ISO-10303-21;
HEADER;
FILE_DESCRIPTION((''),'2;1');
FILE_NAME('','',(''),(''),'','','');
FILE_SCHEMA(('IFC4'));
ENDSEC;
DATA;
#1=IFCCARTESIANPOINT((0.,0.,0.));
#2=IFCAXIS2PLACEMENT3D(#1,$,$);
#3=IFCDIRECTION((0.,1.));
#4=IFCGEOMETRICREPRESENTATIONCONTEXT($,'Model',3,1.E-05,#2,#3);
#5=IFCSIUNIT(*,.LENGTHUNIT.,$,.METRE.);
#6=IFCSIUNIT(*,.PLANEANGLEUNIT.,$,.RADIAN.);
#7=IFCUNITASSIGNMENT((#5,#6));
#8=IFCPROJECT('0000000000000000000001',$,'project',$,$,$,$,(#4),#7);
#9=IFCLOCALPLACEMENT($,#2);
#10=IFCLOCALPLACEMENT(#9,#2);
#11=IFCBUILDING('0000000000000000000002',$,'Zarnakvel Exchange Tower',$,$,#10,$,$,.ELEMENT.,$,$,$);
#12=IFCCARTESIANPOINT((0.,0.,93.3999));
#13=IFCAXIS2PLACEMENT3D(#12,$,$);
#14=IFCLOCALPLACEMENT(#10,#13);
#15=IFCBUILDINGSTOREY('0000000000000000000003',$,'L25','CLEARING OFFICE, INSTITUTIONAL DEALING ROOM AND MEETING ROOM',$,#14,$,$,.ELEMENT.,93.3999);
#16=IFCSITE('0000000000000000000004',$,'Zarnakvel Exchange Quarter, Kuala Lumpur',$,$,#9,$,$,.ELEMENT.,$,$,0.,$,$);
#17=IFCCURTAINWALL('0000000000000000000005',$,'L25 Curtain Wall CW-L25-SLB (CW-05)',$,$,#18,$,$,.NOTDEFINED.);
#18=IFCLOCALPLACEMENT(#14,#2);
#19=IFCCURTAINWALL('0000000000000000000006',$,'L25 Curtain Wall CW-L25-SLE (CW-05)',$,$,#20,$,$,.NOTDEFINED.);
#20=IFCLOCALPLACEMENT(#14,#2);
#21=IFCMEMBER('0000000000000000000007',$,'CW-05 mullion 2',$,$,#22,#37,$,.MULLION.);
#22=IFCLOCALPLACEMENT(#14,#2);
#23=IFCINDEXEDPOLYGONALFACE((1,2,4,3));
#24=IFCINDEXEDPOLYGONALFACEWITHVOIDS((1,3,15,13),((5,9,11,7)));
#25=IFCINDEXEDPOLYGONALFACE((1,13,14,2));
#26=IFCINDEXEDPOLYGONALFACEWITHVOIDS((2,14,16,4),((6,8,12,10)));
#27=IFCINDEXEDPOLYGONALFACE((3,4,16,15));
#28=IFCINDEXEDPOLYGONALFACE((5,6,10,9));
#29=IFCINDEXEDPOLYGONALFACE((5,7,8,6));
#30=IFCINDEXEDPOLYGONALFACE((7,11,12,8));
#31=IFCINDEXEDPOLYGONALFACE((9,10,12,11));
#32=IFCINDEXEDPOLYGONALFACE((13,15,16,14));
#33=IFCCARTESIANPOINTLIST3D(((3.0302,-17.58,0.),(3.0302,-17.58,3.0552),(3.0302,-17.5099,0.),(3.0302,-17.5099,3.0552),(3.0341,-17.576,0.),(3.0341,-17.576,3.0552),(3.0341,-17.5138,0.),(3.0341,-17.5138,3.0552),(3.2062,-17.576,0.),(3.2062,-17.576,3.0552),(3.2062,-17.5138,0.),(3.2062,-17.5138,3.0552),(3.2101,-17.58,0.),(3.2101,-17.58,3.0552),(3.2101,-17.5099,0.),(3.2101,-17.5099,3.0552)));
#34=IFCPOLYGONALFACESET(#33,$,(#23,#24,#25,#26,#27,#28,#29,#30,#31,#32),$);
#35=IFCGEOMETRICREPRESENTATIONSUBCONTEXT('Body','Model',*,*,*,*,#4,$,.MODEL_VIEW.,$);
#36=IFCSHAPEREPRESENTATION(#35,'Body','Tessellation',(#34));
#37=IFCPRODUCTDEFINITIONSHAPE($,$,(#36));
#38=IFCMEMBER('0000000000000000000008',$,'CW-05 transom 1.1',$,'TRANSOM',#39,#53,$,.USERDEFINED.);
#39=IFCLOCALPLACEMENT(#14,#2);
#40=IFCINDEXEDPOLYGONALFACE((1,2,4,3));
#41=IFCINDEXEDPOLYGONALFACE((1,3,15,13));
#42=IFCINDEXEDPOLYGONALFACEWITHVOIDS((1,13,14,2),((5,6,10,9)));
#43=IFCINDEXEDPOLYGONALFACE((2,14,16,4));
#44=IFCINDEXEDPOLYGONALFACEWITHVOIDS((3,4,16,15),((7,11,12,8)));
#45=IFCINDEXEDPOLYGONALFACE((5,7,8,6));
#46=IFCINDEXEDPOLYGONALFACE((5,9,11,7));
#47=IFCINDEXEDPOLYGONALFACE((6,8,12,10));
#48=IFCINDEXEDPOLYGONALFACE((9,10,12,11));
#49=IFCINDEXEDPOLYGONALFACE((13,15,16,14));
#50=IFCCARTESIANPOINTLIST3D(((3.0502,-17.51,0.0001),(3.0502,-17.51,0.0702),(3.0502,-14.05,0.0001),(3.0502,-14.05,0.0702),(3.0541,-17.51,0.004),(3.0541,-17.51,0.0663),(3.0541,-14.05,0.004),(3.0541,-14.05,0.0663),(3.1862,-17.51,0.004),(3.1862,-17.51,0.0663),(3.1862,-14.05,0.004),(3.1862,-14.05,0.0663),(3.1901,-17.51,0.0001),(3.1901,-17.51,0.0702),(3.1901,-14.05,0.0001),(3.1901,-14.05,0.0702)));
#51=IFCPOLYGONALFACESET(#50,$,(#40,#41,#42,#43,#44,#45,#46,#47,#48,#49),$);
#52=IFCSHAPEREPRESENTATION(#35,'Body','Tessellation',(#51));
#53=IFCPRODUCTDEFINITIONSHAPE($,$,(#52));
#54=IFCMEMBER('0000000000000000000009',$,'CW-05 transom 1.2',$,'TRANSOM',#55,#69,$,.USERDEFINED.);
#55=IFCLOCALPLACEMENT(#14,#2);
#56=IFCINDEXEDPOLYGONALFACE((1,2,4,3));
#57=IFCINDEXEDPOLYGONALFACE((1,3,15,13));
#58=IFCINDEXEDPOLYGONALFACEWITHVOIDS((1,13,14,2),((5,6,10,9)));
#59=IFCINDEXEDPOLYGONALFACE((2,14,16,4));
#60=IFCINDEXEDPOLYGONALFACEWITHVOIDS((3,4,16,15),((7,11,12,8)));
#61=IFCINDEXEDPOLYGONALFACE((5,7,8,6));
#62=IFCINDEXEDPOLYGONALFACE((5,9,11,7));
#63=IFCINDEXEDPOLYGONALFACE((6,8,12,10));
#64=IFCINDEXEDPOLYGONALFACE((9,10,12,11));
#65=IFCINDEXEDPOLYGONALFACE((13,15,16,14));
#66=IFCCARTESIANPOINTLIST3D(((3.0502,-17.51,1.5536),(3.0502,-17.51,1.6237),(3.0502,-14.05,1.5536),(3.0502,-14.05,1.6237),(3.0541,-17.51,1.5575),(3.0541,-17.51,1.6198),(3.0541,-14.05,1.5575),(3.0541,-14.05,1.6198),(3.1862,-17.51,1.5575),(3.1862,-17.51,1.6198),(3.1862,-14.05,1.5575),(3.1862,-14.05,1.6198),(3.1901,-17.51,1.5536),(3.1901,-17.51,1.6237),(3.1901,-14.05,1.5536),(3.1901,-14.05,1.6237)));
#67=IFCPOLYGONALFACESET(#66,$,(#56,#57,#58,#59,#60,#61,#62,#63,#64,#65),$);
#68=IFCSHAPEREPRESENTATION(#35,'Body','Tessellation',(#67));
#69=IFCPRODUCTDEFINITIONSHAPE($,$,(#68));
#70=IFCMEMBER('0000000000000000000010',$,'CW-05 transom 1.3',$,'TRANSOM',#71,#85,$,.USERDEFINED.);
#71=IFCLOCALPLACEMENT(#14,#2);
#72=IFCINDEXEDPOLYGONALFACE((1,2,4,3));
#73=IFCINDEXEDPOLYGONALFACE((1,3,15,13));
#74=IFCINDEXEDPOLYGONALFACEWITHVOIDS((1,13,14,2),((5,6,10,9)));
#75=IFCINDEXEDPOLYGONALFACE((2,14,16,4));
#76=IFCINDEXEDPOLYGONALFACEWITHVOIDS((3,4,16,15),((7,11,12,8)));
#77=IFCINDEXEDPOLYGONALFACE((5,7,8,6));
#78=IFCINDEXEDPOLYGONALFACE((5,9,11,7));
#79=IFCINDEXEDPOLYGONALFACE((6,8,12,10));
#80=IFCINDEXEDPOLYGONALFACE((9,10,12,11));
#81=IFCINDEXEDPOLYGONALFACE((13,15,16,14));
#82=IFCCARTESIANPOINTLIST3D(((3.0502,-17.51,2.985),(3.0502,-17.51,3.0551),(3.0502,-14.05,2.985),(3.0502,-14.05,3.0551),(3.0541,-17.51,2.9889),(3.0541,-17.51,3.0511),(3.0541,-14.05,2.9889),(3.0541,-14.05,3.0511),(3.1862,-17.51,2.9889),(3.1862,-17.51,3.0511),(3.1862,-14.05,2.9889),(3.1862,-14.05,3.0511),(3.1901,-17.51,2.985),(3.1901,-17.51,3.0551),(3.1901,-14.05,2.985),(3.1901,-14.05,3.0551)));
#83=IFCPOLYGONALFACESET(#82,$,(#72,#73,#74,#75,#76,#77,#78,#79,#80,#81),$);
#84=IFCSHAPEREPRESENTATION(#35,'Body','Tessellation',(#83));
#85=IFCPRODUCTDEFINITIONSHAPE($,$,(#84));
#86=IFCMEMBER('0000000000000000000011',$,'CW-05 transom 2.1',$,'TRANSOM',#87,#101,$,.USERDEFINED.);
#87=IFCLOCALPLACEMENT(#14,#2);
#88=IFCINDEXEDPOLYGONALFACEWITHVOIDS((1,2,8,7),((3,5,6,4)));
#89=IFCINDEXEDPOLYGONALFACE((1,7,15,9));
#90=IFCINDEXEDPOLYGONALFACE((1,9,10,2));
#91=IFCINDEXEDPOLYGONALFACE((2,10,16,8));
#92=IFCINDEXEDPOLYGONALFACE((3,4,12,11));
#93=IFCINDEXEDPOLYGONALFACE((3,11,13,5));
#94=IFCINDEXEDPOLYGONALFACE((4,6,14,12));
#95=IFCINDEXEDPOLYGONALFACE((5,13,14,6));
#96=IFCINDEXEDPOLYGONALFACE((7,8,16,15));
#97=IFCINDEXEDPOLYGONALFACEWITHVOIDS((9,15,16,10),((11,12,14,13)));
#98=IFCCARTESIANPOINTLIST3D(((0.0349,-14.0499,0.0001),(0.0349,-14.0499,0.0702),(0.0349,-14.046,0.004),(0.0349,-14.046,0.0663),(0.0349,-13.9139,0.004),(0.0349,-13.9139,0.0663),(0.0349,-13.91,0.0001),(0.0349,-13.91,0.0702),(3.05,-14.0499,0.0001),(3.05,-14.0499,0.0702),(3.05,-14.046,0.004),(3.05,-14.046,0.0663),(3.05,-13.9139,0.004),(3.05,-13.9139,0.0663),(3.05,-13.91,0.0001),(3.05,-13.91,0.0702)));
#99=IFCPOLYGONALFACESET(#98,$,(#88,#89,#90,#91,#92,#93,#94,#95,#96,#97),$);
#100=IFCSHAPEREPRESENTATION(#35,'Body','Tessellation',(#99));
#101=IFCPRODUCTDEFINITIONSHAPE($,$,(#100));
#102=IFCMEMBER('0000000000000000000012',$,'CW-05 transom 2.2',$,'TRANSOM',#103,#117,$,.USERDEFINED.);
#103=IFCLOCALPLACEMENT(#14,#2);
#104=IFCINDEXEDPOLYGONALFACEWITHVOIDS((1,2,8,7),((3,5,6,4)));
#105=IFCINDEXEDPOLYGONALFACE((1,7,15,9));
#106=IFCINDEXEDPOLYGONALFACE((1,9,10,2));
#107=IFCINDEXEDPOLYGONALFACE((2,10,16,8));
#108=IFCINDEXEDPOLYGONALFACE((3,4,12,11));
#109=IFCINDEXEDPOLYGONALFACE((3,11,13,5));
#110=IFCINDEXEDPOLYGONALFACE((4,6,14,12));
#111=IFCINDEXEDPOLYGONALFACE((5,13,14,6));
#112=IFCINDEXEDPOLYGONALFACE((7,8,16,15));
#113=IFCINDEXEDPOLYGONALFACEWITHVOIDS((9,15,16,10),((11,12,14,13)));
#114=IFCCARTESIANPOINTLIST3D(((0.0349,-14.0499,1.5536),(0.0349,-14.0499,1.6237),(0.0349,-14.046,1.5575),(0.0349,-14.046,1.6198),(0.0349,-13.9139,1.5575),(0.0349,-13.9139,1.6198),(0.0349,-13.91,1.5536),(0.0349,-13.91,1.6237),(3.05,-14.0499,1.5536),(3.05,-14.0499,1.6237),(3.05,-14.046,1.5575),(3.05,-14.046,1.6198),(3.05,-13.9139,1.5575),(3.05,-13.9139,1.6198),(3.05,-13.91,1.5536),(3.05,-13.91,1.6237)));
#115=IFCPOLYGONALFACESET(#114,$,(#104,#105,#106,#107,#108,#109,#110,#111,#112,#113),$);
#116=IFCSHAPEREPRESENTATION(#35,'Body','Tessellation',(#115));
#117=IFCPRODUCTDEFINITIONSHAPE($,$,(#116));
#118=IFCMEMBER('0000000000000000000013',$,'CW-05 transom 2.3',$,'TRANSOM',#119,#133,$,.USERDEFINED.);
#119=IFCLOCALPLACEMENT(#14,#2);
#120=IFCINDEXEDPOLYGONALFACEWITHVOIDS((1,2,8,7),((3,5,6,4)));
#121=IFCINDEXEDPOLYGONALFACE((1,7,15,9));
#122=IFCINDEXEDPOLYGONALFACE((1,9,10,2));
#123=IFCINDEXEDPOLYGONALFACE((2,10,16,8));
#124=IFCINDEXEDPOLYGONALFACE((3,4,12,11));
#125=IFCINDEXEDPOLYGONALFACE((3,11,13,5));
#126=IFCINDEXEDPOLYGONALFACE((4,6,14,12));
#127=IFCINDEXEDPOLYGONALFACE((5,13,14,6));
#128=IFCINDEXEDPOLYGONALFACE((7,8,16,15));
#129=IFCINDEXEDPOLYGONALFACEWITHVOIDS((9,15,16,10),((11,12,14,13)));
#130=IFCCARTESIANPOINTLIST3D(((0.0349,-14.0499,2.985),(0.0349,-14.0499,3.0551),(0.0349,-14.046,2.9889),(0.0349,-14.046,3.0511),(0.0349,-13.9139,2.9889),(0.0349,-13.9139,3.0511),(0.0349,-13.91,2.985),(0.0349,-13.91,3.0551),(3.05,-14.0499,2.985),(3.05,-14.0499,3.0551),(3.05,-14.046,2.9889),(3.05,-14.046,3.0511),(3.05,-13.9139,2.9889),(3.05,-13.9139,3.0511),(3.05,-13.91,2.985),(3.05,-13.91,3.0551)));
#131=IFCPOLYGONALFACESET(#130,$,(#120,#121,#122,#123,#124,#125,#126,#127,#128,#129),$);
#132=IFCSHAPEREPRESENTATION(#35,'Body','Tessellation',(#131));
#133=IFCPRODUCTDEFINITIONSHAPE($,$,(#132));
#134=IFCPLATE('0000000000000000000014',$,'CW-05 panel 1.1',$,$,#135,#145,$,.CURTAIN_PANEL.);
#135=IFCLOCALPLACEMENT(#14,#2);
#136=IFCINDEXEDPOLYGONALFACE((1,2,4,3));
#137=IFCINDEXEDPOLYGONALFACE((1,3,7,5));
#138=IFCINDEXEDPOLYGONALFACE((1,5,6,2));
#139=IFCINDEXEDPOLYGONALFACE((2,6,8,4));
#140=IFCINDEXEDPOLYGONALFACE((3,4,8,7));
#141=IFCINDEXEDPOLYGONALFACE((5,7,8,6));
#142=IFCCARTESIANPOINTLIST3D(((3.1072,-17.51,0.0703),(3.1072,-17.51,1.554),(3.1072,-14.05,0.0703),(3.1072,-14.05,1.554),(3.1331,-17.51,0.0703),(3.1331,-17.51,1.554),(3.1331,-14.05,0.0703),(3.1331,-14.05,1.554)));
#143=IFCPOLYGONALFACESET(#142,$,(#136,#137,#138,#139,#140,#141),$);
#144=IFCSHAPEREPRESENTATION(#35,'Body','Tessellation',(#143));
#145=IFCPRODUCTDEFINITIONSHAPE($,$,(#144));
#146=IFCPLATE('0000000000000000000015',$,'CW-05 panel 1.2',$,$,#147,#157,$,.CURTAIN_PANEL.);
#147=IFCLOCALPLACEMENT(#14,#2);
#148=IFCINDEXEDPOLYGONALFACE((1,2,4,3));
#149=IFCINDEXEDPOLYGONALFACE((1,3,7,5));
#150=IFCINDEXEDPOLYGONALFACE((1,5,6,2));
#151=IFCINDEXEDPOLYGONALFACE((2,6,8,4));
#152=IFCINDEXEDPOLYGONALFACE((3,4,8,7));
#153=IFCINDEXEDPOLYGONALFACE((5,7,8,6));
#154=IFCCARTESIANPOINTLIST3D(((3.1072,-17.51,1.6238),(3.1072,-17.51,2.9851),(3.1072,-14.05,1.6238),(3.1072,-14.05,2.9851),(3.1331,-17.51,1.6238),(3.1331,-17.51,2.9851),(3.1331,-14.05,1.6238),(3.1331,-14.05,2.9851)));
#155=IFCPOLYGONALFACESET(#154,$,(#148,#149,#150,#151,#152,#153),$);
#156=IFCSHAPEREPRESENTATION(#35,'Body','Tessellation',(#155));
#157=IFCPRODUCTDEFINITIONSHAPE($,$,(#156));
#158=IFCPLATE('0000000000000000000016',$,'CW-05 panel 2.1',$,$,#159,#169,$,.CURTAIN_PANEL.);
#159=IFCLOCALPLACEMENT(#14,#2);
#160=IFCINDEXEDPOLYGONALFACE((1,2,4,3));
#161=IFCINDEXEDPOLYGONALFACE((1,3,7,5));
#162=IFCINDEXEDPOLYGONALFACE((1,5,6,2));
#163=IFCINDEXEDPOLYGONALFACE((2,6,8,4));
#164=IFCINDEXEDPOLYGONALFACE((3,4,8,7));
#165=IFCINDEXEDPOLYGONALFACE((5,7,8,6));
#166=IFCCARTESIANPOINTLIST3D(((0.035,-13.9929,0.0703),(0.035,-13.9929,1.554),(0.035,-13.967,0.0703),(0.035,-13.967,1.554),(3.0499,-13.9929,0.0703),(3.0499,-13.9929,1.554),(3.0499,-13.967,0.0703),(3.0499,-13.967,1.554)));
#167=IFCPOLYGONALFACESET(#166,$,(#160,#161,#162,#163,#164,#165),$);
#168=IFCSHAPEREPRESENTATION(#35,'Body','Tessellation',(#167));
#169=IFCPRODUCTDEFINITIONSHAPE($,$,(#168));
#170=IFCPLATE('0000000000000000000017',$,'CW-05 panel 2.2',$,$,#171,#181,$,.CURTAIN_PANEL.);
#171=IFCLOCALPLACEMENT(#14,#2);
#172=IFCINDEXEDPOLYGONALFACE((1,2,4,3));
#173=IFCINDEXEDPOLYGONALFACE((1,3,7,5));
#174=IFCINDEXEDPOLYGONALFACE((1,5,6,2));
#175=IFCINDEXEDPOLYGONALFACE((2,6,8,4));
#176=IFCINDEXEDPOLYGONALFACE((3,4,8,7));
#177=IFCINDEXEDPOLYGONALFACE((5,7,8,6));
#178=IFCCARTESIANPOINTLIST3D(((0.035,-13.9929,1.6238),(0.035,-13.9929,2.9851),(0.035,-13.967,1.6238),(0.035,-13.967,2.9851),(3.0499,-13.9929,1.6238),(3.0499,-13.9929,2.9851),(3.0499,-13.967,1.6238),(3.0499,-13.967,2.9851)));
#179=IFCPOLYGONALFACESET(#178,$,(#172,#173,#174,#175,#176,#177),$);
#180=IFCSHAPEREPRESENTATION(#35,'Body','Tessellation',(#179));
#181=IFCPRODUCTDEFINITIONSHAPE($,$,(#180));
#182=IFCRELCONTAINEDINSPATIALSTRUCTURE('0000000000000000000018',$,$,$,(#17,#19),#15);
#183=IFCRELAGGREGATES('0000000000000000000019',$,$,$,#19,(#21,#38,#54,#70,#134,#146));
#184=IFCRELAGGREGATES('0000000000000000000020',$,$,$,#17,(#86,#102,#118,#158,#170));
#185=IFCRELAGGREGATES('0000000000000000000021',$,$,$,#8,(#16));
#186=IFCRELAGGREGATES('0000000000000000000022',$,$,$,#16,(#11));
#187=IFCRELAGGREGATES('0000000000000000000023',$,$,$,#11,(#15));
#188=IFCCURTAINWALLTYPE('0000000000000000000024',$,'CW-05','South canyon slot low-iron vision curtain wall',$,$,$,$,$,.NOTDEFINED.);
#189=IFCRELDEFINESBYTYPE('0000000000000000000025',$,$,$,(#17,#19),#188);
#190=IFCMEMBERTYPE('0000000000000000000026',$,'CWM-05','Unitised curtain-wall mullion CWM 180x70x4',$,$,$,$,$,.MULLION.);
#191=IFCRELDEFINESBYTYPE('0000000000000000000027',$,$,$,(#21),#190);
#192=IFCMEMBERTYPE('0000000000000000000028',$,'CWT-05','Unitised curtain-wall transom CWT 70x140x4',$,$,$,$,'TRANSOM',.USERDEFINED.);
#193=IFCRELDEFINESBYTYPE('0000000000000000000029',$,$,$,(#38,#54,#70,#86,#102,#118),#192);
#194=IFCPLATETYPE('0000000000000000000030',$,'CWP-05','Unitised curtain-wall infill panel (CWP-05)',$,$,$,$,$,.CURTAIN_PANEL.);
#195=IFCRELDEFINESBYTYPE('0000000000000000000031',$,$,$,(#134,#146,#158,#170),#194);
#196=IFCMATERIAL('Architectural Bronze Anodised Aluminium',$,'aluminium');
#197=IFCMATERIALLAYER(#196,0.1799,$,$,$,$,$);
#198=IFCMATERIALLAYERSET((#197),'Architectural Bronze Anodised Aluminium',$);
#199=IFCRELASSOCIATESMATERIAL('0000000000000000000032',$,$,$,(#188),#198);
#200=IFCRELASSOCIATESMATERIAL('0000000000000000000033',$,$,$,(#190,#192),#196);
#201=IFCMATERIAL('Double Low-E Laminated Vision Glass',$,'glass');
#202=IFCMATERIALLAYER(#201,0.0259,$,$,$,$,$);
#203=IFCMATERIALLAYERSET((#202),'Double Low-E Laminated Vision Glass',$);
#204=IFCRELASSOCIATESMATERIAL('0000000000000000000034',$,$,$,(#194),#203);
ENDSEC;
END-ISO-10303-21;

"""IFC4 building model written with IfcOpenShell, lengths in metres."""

from ifc_helpers import new_model, si_unit, direction, frame, origin, origin_2d, place, context, subcontext, project, spatial, rectangle, hollow_rectangle, extrude, source, transform, mapped, material, layer, layer_set, material_profile, profile_set, type_object, element, aggregate, save


model = new_model("IFC4")

# Units and contexts
model_context = context("Model", 3, precision=1e-05, world=origin(), true_north=direction((0.0, 1.0)))
body_context = subcontext(model_context, "Body", "Model", "MODEL_VIEW")
ifc_project = project(units=[si_unit("LENGTHUNIT", "METRE"), si_unit("PLANEANGLEUNIT", "RADIAN")], contexts=[model_context])

# Site, building, storey
site_placement = place(None, origin())
site = spatial("IfcSite", under=ifc_project, at=site_placement, Name="Zarnakvel Exchange Quarter, Kuala Lumpur", CompositionType="ELEMENT", RefElevation=0.0)
building_placement = place(site_placement, origin())
building = spatial("IfcBuilding", under=site, at=building_placement, Name="Zarnakvel Exchange Tower", CompositionType="ELEMENT")
storey_placement = place(building_placement, frame((0.0, 0.0, 93.3999)))
storey = spatial("IfcBuildingStorey", under=building, at=storey_placement, Name="L25", Description="CLEARING OFFICE, INSTITUTIONAL DEALING ROOM AND MEETING ROOM", CompositionType="ELEMENT", Elevation=93.3999)

# Curtain walls, members
ifc_material_1 = material(Name="Architectural Bronze Anodised Aluminium", Category="aluminium")
ifc_layer_1 = layer(ifc_material_1, 0.1799)
ifc_layer_set_1 = layer_set([ifc_layer_1], Name="Architectural Bronze Anodised Aluminium")
curtain_wall_type = type_object("IfcCurtainWallType", Name="CW-05", Description="South canyon slot low-iron vision curtain wall", PredefinedType="NOTDEFINED", material=ifc_layer_set_1)
curtain_wall_1_placement = place(storey_placement, origin())
curtain_wall_1 = element("IfcCurtainWall", 1, at=curtain_wall_1_placement, inside=storey, type_object=curtain_wall_type, Name="L25 Curtain Wall CW-L25-SLB (CW-05)", PredefinedType="NOTDEFINED")
ifc_material_profile_1 = material_profile(ifc_material_1, hollow_rectangle(XDim=0.1799, YDim=0.0701, WallThickness=0.0039, at=origin_2d()))
ifc_profile_set_1 = profile_set([ifc_material_profile_1], Name="Architectural Bronze Anodised Aluminium")
member_type_1 = type_object("IfcMemberType", Name="CWM-05", Description="Unitised curtain-wall mullion CWM 180x70x4", PredefinedType="MULLION", material=ifc_profile_set_1)
shared_shape_1 = source(origin(), body_context, "Body", "SweptSolid", [
    extrude(hollow_rectangle(XDim=0.1799, YDim=0.0701, WallThickness=0.0039, at=origin_2d()), origin(), (0.0, 0.0, 1.0), 3.0552),
])
curtain_wall_2_placement = place(storey_placement, origin())
curtain_wall_2 = element("IfcCurtainWall", 2, at=curtain_wall_2_placement, inside=storey, type_object=curtain_wall_type, Name="L25 Curtain Wall CW-L25-SLE (CW-05)", PredefinedType="NOTDEFINED")
member_1_placement = place(storey_placement, frame((3.1201, -17.5449, 0.0), z_axis=(0.0, 0.0, 1.0), x_axis=(1.0, 0.0, 0.0)))
member_1 = element("IfcMember", 3, at=member_1_placement, type_object=member_type_1, Name="CW-05 mullion 2", PredefinedType="MULLION", context=body_context, shape_type="MappedRepresentation", body=[
    mapped(shared_shape_1, transform((0.0, 0.0, 0.0), x_axis=(1.0, 0.0, 0.0), y_axis=(0.0, 1.0, 0.0), z_axis=(0.0, 0.0, 1.0), scale=1.0)),
])
ifc_material_profile_2 = material_profile(ifc_material_1, hollow_rectangle(XDim=0.1399, YDim=0.0701, WallThickness=0.0039, at=origin_2d()))
ifc_profile_set_2 = profile_set([ifc_material_profile_2], Name="Architectural Bronze Anodised Aluminium")
member_type_2 = type_object("IfcMemberType", Name="CWT-05", Description="Unitised curtain-wall transom CWT 70x140x4", ElementType="TRANSOM", PredefinedType="USERDEFINED", material=ifc_profile_set_2)
shared_shape_2 = source(origin(), body_context, "Body", "SweptSolid", [
    extrude(hollow_rectangle(XDim=0.1399, YDim=0.0701, WallThickness=0.0039, at=origin_2d()), origin(), (0.0, 0.0, 1.0), 3.46),
])
member_2_placement = place(storey_placement, frame((3.1201, -14.05, 0.0352), z_axis=(0.0, -1.0, 0.0), x_axis=(1.0, 0.0, 0.0)))
member_2 = element("IfcMember", 4, at=member_2_placement, type_object=member_type_2, Name="CW-05 transom 1.1", ObjectType="TRANSOM", PredefinedType="USERDEFINED", context=body_context, shape_type="MappedRepresentation", body=[
    mapped(shared_shape_2, transform((0.0, 0.0, 0.0), x_axis=(1.0, 0.0, 0.0), y_axis=(0.0, 1.0, 0.0), z_axis=(0.0, 0.0, 1.0), scale=1.0)),
])
member_3_placement = place(storey_placement, frame((3.1201, -14.05, 1.5886), z_axis=(0.0, -1.0, 0.0), x_axis=(1.0, 0.0, 0.0)))
member_3 = element("IfcMember", 5, at=member_3_placement, type_object=member_type_2, Name="CW-05 transom 1.2", ObjectType="TRANSOM", PredefinedType="USERDEFINED", context=body_context, shape_type="MappedRepresentation", body=[
    mapped(shared_shape_2, transform((0.0, 0.0, 0.0), x_axis=(1.0, 0.0, 0.0), y_axis=(0.0, 1.0, 0.0), z_axis=(0.0, 0.0, 1.0), scale=1.0)),
])
member_4_placement = place(storey_placement, frame((3.1201, -14.05, 3.02), z_axis=(0.0, -1.0, 0.0), x_axis=(1.0, 0.0, 0.0)))
member_4 = element("IfcMember", 6, at=member_4_placement, type_object=member_type_2, Name="CW-05 transom 1.3", ObjectType="TRANSOM", PredefinedType="USERDEFINED", context=body_context, shape_type="MappedRepresentation", body=[
    mapped(shared_shape_2, transform((0.0, 0.0, 0.0), x_axis=(1.0, 0.0, 0.0), y_axis=(0.0, 1.0, 0.0), z_axis=(0.0, 0.0, 1.0), scale=1.0)),
])

# Members
shared_shape_3 = source(origin(), body_context, "Body", "SweptSolid", [
    extrude(hollow_rectangle(XDim=0.1399, YDim=0.0701, WallThickness=0.0039, at=origin_2d()), origin(), (0.0, 0.0, 1.0), 3.0151),
])
member_5_placement = place(storey_placement, frame((0.0349, -13.98, 0.0352), z_axis=(1.0, 0.0, 0.0), x_axis=(0.0, 1.0, 0.0)))
member_5 = element("IfcMember", 7, at=member_5_placement, type_object=member_type_2, Name="CW-05 transom 2.1", ObjectType="TRANSOM", PredefinedType="USERDEFINED", context=body_context, shape_type="MappedRepresentation", body=[
    mapped(shared_shape_3, transform((0.0, 0.0, 0.0), x_axis=(1.0, 0.0, 0.0), y_axis=(0.0, 1.0, 0.0), z_axis=(0.0, 0.0, 1.0), scale=1.0)),
])
member_6_placement = place(storey_placement, frame((0.0349, -13.98, 1.5886), z_axis=(1.0, 0.0, 0.0), x_axis=(0.0, 1.0, 0.0)))
member_6 = element("IfcMember", 8, at=member_6_placement, type_object=member_type_2, Name="CW-05 transom 2.2", ObjectType="TRANSOM", PredefinedType="USERDEFINED", context=body_context, shape_type="MappedRepresentation", body=[
    mapped(shared_shape_3, transform((0.0, 0.0, 0.0), x_axis=(1.0, 0.0, 0.0), y_axis=(0.0, 1.0, 0.0), z_axis=(0.0, 0.0, 1.0), scale=1.0)),
])
member_7_placement = place(storey_placement, frame((0.0349, -13.98, 3.02), z_axis=(1.0, 0.0, 0.0), x_axis=(0.0, 1.0, 0.0)))
member_7 = element("IfcMember", 9, at=member_7_placement, type_object=member_type_2, Name="CW-05 transom 2.3", ObjectType="TRANSOM", PredefinedType="USERDEFINED", context=body_context, shape_type="MappedRepresentation", body=[
    mapped(shared_shape_3, transform((0.0, 0.0, 0.0), x_axis=(1.0, 0.0, 0.0), y_axis=(0.0, 1.0, 0.0), z_axis=(0.0, 0.0, 1.0), scale=1.0)),
])

# Plates
ifc_material_2 = material(Name="Double Low-E Laminated Vision Glass", Category="glass")
ifc_layer_2 = layer(ifc_material_2, 0.0259)
ifc_layer_set_2 = layer_set([ifc_layer_2], Name="Double Low-E Laminated Vision Glass")
plate_type = type_object("IfcPlateType", Name="CWP-05", Description="Unitised curtain-wall infill panel (CWP-05)", PredefinedType="CURTAIN_PANEL", material=ifc_layer_set_2)
shared_shape_4 = source(origin(), body_context, "Body", "SweptSolid", [
    extrude(rectangle(XDim=3.46, YDim=0.0259, at=origin_2d()), origin(), (0.0, 0.0, 1.0), 1.4836),
])
plate_1_placement = place(storey_placement, frame((3.1201, -15.78, 0.0703), z_axis=(0.0, 0.0, 1.0), x_axis=(0.0, -1.0, 0.0)))
plate_1 = element("IfcPlate", 10, at=plate_1_placement, type_object=plate_type, Name="CW-05 panel 1.1", PredefinedType="CURTAIN_PANEL", context=body_context, shape_type="MappedRepresentation", body=[
    mapped(shared_shape_4, transform((0.0, 0.0, 0.0), x_axis=(1.0, 0.0, 0.0), y_axis=(0.0, 1.0, 0.0), z_axis=(0.0, 0.0, 1.0), scale=1.0)),
])
shared_shape_5 = source(origin(), body_context, "Body", "SweptSolid", [
    extrude(rectangle(XDim=3.46, YDim=0.0259, at=origin_2d()), origin(), (0.0, 0.0, 1.0), 1.3613),
])
plate_2_placement = place(storey_placement, frame((3.1201, -15.78, 1.6238), z_axis=(0.0, 0.0, 1.0), x_axis=(0.0, -1.0, 0.0)))
plate_2 = element("IfcPlate", 11, at=plate_2_placement, type_object=plate_type, Name="CW-05 panel 1.2", PredefinedType="CURTAIN_PANEL", context=body_context, shape_type="MappedRepresentation", body=[
    mapped(shared_shape_5, transform((0.0, 0.0, 0.0), x_axis=(1.0, 0.0, 0.0), y_axis=(0.0, 1.0, 0.0), z_axis=(0.0, 0.0, 1.0), scale=1.0)),
])
aggregate(curtain_wall_2, [member_1, member_2, member_3, member_4, plate_1, plate_2])
shared_shape_6 = source(origin(), body_context, "Body", "SweptSolid", [
    extrude(rectangle(XDim=3.0149, YDim=0.0259, at=origin_2d()), origin(), (0.0, 0.0, 1.0), 1.4836),
])
plate_3_placement = place(storey_placement, frame((1.5425, -13.98, 0.0703), z_axis=(0.0, 0.0, 1.0), x_axis=(1.0, 0.0, 0.0)))
plate_3 = element("IfcPlate", 12, at=plate_3_placement, type_object=plate_type, Name="CW-05 panel 2.1", PredefinedType="CURTAIN_PANEL", context=body_context, shape_type="MappedRepresentation", body=[
    mapped(shared_shape_6, transform((0.0, 0.0, 0.0), x_axis=(1.0, 0.0, 0.0), y_axis=(0.0, 1.0, 0.0), z_axis=(0.0, 0.0, 1.0), scale=1.0)),
])
shared_shape_7 = source(origin(), body_context, "Body", "SweptSolid", [
    extrude(rectangle(XDim=3.0149, YDim=0.0259, at=origin_2d()), origin(), (0.0, 0.0, 1.0), 1.3613),
])
plate_4_placement = place(storey_placement, frame((1.5425, -13.98, 1.6238), z_axis=(0.0, 0.0, 1.0), x_axis=(1.0, 0.0, 0.0)))
plate_4 = element("IfcPlate", 13, at=plate_4_placement, type_object=plate_type, Name="CW-05 panel 2.2", PredefinedType="CURTAIN_PANEL", context=body_context, shape_type="MappedRepresentation", body=[
    mapped(shared_shape_7, transform((0.0, 0.0, 0.0), x_axis=(1.0, 0.0, 0.0), y_axis=(0.0, 1.0, 0.0), z_axis=(0.0, 0.0, 1.0), scale=1.0)),
])
aggregate(curtain_wall_1, [member_5, member_6, member_7, plate_3, plate_4])

save(model, "model.ifc")
